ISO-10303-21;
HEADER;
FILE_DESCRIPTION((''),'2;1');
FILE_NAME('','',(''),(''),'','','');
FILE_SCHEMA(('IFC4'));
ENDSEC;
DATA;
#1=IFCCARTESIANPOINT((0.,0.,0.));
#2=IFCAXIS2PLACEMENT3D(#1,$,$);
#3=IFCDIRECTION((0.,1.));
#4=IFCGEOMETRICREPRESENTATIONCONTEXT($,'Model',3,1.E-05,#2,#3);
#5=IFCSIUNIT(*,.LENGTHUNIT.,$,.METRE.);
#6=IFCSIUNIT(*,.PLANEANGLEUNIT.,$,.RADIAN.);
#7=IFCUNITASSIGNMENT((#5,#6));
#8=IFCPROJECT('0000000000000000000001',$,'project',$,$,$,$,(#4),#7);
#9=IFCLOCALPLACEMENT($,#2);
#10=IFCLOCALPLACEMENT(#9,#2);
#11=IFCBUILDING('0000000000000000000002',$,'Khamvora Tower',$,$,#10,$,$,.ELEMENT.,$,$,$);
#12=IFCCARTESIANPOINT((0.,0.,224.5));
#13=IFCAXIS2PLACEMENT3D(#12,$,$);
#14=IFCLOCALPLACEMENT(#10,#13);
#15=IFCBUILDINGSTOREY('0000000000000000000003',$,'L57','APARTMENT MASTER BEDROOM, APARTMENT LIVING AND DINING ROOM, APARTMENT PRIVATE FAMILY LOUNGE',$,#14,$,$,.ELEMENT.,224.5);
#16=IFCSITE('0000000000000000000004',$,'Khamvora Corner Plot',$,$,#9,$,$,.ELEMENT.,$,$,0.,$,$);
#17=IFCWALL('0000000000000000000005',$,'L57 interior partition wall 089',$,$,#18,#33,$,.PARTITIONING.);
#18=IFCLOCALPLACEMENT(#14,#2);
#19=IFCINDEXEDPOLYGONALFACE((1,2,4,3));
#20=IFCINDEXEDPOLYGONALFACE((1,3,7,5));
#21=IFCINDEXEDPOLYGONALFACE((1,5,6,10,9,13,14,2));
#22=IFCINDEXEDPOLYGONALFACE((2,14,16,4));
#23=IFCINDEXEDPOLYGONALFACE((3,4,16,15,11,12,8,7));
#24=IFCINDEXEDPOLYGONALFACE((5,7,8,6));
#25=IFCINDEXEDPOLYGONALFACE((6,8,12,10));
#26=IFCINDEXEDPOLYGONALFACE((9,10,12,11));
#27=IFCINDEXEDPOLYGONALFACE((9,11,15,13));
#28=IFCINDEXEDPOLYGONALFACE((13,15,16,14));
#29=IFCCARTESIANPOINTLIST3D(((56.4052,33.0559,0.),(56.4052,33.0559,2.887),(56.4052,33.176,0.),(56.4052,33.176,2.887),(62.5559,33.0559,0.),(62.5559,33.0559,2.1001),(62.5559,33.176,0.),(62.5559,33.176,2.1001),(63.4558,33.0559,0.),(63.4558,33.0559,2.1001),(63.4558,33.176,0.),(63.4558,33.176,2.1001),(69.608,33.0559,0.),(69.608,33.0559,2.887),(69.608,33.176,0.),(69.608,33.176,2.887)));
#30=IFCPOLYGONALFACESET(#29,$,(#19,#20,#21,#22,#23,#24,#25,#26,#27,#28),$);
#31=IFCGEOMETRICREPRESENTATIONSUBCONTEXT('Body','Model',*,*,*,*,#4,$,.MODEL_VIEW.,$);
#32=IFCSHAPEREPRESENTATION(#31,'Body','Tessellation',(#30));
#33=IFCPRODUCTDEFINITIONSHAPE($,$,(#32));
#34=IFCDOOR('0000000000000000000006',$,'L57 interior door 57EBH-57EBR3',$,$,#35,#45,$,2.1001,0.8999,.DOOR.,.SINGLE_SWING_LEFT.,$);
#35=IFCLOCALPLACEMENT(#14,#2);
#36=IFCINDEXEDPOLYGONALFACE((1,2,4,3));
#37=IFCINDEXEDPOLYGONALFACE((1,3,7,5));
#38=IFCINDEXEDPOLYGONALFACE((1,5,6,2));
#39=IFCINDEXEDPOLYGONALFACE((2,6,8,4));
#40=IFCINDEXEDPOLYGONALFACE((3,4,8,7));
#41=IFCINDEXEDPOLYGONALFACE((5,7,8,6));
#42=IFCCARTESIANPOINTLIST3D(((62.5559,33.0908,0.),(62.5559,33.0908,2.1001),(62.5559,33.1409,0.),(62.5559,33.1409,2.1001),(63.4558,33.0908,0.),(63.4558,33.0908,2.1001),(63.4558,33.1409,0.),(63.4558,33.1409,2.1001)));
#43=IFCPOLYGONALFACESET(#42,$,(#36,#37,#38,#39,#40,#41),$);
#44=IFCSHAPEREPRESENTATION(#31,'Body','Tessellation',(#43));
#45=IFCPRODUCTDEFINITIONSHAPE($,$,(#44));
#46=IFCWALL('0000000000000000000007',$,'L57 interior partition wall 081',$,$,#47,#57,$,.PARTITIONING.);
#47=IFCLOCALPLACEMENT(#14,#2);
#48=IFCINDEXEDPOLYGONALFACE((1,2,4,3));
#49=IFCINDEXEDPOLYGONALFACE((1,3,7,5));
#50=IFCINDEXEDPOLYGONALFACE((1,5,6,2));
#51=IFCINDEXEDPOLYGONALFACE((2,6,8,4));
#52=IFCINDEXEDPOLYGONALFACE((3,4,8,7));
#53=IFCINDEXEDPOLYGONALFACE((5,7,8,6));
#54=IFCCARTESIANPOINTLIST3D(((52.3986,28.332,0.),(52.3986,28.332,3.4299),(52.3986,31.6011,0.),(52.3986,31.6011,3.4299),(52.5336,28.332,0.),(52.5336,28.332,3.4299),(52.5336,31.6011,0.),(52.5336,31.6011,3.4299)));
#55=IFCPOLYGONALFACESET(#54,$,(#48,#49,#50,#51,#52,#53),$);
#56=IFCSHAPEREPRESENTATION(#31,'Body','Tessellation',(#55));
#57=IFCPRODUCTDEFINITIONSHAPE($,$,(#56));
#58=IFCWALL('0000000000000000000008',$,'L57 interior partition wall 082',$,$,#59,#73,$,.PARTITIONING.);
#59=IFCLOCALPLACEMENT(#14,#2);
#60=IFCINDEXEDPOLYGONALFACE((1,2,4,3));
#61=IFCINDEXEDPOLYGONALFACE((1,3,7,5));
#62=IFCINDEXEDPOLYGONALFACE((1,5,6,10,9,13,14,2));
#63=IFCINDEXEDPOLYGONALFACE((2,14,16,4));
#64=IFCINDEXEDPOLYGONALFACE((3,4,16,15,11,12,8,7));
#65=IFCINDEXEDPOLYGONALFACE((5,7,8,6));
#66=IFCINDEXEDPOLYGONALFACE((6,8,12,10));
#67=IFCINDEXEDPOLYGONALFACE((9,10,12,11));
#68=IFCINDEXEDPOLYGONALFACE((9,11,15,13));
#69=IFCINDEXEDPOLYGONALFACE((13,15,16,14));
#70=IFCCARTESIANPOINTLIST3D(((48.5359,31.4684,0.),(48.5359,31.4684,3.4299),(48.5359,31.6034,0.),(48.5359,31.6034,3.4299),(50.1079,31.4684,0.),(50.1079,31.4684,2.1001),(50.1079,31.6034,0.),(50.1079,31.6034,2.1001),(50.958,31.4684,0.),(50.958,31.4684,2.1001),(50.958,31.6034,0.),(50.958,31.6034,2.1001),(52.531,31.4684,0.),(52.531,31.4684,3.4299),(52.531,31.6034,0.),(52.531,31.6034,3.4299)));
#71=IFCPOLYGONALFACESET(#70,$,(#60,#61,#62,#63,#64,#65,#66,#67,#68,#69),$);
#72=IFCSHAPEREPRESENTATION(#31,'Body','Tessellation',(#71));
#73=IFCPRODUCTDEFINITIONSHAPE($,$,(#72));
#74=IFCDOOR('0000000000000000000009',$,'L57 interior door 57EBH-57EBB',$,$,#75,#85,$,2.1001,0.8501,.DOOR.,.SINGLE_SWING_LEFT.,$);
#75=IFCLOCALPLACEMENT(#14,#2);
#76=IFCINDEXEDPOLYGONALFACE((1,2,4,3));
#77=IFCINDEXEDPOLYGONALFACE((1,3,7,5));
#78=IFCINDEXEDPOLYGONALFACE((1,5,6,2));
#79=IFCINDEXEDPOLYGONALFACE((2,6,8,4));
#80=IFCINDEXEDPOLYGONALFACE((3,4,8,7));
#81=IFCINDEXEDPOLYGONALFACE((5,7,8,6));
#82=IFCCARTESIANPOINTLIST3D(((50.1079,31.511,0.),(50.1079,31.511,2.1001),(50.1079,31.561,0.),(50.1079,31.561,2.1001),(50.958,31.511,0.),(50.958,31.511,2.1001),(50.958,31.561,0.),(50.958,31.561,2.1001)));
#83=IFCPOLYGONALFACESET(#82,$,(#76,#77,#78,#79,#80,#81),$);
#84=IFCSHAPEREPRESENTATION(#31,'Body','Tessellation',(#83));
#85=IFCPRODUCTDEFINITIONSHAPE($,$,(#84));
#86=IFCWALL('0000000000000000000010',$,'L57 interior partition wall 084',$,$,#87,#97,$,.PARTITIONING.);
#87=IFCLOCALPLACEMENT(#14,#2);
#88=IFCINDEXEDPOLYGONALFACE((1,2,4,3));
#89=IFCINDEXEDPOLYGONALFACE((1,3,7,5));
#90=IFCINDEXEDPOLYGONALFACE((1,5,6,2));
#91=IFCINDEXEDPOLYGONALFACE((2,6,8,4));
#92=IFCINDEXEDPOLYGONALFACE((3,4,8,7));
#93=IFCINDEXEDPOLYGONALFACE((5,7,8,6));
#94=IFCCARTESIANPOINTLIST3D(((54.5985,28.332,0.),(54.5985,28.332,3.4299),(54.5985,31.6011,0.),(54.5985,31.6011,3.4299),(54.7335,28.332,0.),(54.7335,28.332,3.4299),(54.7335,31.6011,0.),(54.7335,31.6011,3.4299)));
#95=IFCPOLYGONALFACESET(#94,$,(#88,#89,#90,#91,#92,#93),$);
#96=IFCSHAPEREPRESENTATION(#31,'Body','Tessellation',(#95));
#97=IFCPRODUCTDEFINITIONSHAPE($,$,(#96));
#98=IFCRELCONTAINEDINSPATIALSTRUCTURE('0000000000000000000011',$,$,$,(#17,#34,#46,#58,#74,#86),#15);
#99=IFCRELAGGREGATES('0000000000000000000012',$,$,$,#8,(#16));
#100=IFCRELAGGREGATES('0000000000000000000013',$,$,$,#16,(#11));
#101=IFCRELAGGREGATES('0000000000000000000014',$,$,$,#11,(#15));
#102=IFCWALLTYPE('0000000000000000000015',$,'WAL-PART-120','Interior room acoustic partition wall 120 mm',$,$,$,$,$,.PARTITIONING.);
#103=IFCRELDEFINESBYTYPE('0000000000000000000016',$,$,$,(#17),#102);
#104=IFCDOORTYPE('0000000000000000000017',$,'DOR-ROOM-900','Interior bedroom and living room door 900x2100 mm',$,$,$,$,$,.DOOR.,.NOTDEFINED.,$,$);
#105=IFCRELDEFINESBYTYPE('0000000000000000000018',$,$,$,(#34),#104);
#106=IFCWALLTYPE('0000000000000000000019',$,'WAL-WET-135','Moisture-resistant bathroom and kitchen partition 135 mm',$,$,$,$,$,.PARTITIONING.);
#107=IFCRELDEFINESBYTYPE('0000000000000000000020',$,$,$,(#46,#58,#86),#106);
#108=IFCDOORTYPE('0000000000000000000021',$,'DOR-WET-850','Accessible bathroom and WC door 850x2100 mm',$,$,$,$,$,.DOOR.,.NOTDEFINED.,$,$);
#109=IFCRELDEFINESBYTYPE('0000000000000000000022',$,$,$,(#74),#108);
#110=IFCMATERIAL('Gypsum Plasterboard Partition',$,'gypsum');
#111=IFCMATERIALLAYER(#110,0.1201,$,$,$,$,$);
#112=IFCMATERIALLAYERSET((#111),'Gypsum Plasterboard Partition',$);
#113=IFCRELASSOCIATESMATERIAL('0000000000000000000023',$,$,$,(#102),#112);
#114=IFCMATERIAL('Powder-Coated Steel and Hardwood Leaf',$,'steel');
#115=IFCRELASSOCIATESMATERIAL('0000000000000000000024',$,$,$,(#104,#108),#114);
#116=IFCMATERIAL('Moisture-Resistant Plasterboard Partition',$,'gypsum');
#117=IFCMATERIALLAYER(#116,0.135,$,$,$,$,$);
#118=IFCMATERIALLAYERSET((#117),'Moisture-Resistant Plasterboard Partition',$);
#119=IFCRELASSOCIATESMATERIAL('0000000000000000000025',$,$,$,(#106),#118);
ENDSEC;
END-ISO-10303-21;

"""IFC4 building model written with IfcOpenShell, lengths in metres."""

from ifc_helpers import new_model, si_unit, direction, frame, frame_2d, origin, place, context, subcontext, project, spatial, rectangle, extrude, material, layer, layer_set, type_object, element, fill, save


model = new_model("IFC4")

# Units and contexts
model_context = context("Model", 3, precision=1e-05, world=origin(), true_north=direction((0.0, 1.0)))
body_context = subcontext(model_context, "Body", "Model", "MODEL_VIEW")
ifc_project = project(units=[si_unit("LENGTHUNIT", "METRE"), si_unit("PLANEANGLEUNIT", "RADIAN")], contexts=[model_context])

# Site, building, storey
site_placement = place(None, origin())
site = spatial("IfcSite", under=ifc_project, at=site_placement, Name="Khamvora Corner Plot", CompositionType="ELEMENT", RefElevation=0.0)
building_placement = place(site_placement, origin())
building = spatial("IfcBuilding", under=site, at=building_placement, Name="Khamvora Tower", CompositionType="ELEMENT")
storey_placement = place(building_placement, frame((0.0, 0.0, 224.5)))
storey = spatial("IfcBuildingStorey", under=building, at=storey_placement, Name="L57", Description="APARTMENT MASTER BEDROOM, APARTMENT LIVING AND DINING ROOM, APARTMENT PRIVATE FAMILY LOUNGE", CompositionType="ELEMENT", Elevation=224.5)

# Shared definitions
ifc_material_1 = material(Name="Powder-Coated Steel and Hardwood Leaf", Category="steel")

# Shared definitions
ifc_material_2 = material(Name="Gypsum Plasterboard Partition", Category="gypsum")
ifc_layer_1 = layer(ifc_material_2, 0.1201)
ifc_layer_set_1 = layer_set([ifc_layer_1], Name="Gypsum Plasterboard Partition")
wall_type_1 = type_object("IfcWallType", Name="WAL-PART-120", Description="Interior room acoustic partition wall 120 mm", PredefinedType="PARTITIONING", material=ifc_layer_set_1)

# Shared definitions
door_type_1 = type_object("IfcDoorType", Name="DOR-ROOM-900", Description="Interior bedroom and living room door 900x2100 mm", OperationType="NOTDEFINED", PredefinedType="DOOR", material=ifc_material_1)

# Wall, opening, door
wall_1_placement = place(storey_placement, frame((56.405, 33.116, 0.0), z_axis=(0.0, 0.0, 1.0), x_axis=(1.0, 0.0, 0.0)))
wall_1 = element("IfcWall", 1, at=wall_1_placement, inside=storey, type_object=wall_type_1, Name="L57 interior partition wall 089", PredefinedType="PARTITIONING", context=body_context, shape_type="SweptSolid", body=[
    extrude(rectangle(XDim=13.2029, YDim=0.1201, at=frame_2d((6.6016, 0.0))), origin(), (0.0, 0.0, 1.0), 2.887),
])
opening_1_placement = place(wall_1_placement, frame((6.1509, 0.0, 0.0)))
opening_1 = element("IfcOpeningElement", 2, at=opening_1_placement, cuts=wall_1, PredefinedType="OPENING", context=body_context, shape_type="SweptSolid", body=[
    extrude(rectangle(XDim=0.8999, YDim=2.1001, at=frame_2d((0.45, 1.05))), frame((0.0, 0.0701, 0.0), z_axis=(0.0, -1.0, 0.0), x_axis=(1.0, 0.0, 0.0)), (0.0, 0.0, 1.0), 0.1401),
])
door_1_placement = place(opening_1_placement, origin())
door_1 = element("IfcDoor", 3, at=door_1_placement, inside=storey, type_object=door_type_1, Name="L57 interior door 57EBH-57EBR3", OperationType="SINGLE_SWING_LEFT", OverallHeight=2.1001, OverallWidth=0.8999, PredefinedType="DOOR", context=body_context, shape_type="SweptSolid", body=[
    extrude(rectangle(XDim=0.8999, YDim=2.1001, at=frame_2d((0.45, 1.05))), frame((0.0, 0.0249, 0.0), z_axis=(0.0, -1.0, 0.0), x_axis=(1.0, 0.0, 0.0)), (0.0, 0.0, 1.0), 0.05),
])
fill(opening_1, door_1)

# Wall
ifc_material_3 = material(Name="Moisture-Resistant Plasterboard Partition", Category="gypsum")
ifc_layer_2 = layer(ifc_material_3, 0.135)
ifc_layer_set_2 = layer_set([ifc_layer_2], Name="Moisture-Resistant Plasterboard Partition")
wall_type_2 = type_object("IfcWallType", Name="WAL-WET-135", Description="Moisture-resistant bathroom and kitchen partition 135 mm", PredefinedType="PARTITIONING", material=ifc_layer_set_2)
wall_2_placement = place(storey_placement, frame((52.4661, 28.332, 0.0), z_axis=(0.0, 0.0, 1.0), x_axis=(0.0, 1.0, 0.0)))
element("IfcWall", 4, at=wall_2_placement, inside=storey, type_object=wall_type_2, Name="L57 interior partition wall 081", PredefinedType="PARTITIONING", context=body_context, shape_type="SweptSolid", body=[
    extrude(rectangle(XDim=3.269, YDim=0.135, at=frame_2d((1.6345, 0.0))), origin(), (0.0, 0.0, 1.0), 3.4299),
])

# Wall, opening, door
wall_3_placement = place(storey_placement, frame((52.531, 31.5359, 0.0), z_axis=(0.0, 0.0, 1.0), x_axis=(-1.0, 0.0, 0.0)))
wall_3 = element("IfcWall", 5, at=wall_3_placement, inside=storey, type_object=wall_type_2, Name="L57 interior partition wall 082", PredefinedType="PARTITIONING", context=body_context, shape_type="SweptSolid", body=[
    extrude(rectangle(XDim=3.9951, YDim=0.135, at=frame_2d((1.9976, 0.0))), origin(), (0.0, 0.0, 1.0), 3.4299),
])
opening_2_placement = place(wall_3_placement, frame((1.573, 0.0, 0.0)))
opening_2 = element("IfcOpeningElement", 6, at=opening_2_placement, cuts=wall_3, PredefinedType="OPENING", context=body_context, shape_type="SweptSolid", body=[
    extrude(rectangle(XDim=0.8501, YDim=2.1001, at=frame_2d((0.425, 1.05))), frame((0.0, 0.0774, 0.0), z_axis=(0.0, -1.0, 0.0), x_axis=(1.0, 0.0, 0.0)), (0.0, 0.0, 1.0), 0.155),
])
door_type_2 = type_object("IfcDoorType", Name="DOR-WET-850", Description="Accessible bathroom and WC door 850x2100 mm", OperationType="NOTDEFINED", PredefinedType="DOOR", material=ifc_material_1)
door_2_placement = place(opening_2_placement, origin())
door_2 = element("IfcDoor", 7, at=door_2_placement, inside=storey, type_object=door_type_2, Name="L57 interior door 57EBH-57EBB", OperationType="SINGLE_SWING_LEFT", OverallHeight=2.1001, OverallWidth=0.8501, PredefinedType="DOOR", context=body_context, shape_type="SweptSolid", body=[
    extrude(rectangle(XDim=0.8501, YDim=2.1001, at=frame_2d((0.425, 1.05))), frame((0.0, 0.0249, 0.0), z_axis=(0.0, -1.0, 0.0), x_axis=(1.0, 0.0, 0.0)), (0.0, 0.0, 1.0), 0.05),
])
fill(opening_2, door_2)

# Wall
wall_4_placement = place(storey_placement, frame((54.666, 31.6011, 0.0), z_axis=(0.0, 0.0, 1.0), x_axis=(0.0, -1.0, 0.0)))
element("IfcWall", 8, at=wall_4_placement, inside=storey, type_object=wall_type_2, Name="L57 interior partition wall 084", PredefinedType="PARTITIONING", context=body_context, shape_type="SweptSolid", body=[
    extrude(rectangle(XDim=3.269, YDim=0.135, at=frame_2d((1.6345, 0.0))), origin(), (0.0, 0.0, 1.0), 3.4299),
])

save(model, "model.ifc")
